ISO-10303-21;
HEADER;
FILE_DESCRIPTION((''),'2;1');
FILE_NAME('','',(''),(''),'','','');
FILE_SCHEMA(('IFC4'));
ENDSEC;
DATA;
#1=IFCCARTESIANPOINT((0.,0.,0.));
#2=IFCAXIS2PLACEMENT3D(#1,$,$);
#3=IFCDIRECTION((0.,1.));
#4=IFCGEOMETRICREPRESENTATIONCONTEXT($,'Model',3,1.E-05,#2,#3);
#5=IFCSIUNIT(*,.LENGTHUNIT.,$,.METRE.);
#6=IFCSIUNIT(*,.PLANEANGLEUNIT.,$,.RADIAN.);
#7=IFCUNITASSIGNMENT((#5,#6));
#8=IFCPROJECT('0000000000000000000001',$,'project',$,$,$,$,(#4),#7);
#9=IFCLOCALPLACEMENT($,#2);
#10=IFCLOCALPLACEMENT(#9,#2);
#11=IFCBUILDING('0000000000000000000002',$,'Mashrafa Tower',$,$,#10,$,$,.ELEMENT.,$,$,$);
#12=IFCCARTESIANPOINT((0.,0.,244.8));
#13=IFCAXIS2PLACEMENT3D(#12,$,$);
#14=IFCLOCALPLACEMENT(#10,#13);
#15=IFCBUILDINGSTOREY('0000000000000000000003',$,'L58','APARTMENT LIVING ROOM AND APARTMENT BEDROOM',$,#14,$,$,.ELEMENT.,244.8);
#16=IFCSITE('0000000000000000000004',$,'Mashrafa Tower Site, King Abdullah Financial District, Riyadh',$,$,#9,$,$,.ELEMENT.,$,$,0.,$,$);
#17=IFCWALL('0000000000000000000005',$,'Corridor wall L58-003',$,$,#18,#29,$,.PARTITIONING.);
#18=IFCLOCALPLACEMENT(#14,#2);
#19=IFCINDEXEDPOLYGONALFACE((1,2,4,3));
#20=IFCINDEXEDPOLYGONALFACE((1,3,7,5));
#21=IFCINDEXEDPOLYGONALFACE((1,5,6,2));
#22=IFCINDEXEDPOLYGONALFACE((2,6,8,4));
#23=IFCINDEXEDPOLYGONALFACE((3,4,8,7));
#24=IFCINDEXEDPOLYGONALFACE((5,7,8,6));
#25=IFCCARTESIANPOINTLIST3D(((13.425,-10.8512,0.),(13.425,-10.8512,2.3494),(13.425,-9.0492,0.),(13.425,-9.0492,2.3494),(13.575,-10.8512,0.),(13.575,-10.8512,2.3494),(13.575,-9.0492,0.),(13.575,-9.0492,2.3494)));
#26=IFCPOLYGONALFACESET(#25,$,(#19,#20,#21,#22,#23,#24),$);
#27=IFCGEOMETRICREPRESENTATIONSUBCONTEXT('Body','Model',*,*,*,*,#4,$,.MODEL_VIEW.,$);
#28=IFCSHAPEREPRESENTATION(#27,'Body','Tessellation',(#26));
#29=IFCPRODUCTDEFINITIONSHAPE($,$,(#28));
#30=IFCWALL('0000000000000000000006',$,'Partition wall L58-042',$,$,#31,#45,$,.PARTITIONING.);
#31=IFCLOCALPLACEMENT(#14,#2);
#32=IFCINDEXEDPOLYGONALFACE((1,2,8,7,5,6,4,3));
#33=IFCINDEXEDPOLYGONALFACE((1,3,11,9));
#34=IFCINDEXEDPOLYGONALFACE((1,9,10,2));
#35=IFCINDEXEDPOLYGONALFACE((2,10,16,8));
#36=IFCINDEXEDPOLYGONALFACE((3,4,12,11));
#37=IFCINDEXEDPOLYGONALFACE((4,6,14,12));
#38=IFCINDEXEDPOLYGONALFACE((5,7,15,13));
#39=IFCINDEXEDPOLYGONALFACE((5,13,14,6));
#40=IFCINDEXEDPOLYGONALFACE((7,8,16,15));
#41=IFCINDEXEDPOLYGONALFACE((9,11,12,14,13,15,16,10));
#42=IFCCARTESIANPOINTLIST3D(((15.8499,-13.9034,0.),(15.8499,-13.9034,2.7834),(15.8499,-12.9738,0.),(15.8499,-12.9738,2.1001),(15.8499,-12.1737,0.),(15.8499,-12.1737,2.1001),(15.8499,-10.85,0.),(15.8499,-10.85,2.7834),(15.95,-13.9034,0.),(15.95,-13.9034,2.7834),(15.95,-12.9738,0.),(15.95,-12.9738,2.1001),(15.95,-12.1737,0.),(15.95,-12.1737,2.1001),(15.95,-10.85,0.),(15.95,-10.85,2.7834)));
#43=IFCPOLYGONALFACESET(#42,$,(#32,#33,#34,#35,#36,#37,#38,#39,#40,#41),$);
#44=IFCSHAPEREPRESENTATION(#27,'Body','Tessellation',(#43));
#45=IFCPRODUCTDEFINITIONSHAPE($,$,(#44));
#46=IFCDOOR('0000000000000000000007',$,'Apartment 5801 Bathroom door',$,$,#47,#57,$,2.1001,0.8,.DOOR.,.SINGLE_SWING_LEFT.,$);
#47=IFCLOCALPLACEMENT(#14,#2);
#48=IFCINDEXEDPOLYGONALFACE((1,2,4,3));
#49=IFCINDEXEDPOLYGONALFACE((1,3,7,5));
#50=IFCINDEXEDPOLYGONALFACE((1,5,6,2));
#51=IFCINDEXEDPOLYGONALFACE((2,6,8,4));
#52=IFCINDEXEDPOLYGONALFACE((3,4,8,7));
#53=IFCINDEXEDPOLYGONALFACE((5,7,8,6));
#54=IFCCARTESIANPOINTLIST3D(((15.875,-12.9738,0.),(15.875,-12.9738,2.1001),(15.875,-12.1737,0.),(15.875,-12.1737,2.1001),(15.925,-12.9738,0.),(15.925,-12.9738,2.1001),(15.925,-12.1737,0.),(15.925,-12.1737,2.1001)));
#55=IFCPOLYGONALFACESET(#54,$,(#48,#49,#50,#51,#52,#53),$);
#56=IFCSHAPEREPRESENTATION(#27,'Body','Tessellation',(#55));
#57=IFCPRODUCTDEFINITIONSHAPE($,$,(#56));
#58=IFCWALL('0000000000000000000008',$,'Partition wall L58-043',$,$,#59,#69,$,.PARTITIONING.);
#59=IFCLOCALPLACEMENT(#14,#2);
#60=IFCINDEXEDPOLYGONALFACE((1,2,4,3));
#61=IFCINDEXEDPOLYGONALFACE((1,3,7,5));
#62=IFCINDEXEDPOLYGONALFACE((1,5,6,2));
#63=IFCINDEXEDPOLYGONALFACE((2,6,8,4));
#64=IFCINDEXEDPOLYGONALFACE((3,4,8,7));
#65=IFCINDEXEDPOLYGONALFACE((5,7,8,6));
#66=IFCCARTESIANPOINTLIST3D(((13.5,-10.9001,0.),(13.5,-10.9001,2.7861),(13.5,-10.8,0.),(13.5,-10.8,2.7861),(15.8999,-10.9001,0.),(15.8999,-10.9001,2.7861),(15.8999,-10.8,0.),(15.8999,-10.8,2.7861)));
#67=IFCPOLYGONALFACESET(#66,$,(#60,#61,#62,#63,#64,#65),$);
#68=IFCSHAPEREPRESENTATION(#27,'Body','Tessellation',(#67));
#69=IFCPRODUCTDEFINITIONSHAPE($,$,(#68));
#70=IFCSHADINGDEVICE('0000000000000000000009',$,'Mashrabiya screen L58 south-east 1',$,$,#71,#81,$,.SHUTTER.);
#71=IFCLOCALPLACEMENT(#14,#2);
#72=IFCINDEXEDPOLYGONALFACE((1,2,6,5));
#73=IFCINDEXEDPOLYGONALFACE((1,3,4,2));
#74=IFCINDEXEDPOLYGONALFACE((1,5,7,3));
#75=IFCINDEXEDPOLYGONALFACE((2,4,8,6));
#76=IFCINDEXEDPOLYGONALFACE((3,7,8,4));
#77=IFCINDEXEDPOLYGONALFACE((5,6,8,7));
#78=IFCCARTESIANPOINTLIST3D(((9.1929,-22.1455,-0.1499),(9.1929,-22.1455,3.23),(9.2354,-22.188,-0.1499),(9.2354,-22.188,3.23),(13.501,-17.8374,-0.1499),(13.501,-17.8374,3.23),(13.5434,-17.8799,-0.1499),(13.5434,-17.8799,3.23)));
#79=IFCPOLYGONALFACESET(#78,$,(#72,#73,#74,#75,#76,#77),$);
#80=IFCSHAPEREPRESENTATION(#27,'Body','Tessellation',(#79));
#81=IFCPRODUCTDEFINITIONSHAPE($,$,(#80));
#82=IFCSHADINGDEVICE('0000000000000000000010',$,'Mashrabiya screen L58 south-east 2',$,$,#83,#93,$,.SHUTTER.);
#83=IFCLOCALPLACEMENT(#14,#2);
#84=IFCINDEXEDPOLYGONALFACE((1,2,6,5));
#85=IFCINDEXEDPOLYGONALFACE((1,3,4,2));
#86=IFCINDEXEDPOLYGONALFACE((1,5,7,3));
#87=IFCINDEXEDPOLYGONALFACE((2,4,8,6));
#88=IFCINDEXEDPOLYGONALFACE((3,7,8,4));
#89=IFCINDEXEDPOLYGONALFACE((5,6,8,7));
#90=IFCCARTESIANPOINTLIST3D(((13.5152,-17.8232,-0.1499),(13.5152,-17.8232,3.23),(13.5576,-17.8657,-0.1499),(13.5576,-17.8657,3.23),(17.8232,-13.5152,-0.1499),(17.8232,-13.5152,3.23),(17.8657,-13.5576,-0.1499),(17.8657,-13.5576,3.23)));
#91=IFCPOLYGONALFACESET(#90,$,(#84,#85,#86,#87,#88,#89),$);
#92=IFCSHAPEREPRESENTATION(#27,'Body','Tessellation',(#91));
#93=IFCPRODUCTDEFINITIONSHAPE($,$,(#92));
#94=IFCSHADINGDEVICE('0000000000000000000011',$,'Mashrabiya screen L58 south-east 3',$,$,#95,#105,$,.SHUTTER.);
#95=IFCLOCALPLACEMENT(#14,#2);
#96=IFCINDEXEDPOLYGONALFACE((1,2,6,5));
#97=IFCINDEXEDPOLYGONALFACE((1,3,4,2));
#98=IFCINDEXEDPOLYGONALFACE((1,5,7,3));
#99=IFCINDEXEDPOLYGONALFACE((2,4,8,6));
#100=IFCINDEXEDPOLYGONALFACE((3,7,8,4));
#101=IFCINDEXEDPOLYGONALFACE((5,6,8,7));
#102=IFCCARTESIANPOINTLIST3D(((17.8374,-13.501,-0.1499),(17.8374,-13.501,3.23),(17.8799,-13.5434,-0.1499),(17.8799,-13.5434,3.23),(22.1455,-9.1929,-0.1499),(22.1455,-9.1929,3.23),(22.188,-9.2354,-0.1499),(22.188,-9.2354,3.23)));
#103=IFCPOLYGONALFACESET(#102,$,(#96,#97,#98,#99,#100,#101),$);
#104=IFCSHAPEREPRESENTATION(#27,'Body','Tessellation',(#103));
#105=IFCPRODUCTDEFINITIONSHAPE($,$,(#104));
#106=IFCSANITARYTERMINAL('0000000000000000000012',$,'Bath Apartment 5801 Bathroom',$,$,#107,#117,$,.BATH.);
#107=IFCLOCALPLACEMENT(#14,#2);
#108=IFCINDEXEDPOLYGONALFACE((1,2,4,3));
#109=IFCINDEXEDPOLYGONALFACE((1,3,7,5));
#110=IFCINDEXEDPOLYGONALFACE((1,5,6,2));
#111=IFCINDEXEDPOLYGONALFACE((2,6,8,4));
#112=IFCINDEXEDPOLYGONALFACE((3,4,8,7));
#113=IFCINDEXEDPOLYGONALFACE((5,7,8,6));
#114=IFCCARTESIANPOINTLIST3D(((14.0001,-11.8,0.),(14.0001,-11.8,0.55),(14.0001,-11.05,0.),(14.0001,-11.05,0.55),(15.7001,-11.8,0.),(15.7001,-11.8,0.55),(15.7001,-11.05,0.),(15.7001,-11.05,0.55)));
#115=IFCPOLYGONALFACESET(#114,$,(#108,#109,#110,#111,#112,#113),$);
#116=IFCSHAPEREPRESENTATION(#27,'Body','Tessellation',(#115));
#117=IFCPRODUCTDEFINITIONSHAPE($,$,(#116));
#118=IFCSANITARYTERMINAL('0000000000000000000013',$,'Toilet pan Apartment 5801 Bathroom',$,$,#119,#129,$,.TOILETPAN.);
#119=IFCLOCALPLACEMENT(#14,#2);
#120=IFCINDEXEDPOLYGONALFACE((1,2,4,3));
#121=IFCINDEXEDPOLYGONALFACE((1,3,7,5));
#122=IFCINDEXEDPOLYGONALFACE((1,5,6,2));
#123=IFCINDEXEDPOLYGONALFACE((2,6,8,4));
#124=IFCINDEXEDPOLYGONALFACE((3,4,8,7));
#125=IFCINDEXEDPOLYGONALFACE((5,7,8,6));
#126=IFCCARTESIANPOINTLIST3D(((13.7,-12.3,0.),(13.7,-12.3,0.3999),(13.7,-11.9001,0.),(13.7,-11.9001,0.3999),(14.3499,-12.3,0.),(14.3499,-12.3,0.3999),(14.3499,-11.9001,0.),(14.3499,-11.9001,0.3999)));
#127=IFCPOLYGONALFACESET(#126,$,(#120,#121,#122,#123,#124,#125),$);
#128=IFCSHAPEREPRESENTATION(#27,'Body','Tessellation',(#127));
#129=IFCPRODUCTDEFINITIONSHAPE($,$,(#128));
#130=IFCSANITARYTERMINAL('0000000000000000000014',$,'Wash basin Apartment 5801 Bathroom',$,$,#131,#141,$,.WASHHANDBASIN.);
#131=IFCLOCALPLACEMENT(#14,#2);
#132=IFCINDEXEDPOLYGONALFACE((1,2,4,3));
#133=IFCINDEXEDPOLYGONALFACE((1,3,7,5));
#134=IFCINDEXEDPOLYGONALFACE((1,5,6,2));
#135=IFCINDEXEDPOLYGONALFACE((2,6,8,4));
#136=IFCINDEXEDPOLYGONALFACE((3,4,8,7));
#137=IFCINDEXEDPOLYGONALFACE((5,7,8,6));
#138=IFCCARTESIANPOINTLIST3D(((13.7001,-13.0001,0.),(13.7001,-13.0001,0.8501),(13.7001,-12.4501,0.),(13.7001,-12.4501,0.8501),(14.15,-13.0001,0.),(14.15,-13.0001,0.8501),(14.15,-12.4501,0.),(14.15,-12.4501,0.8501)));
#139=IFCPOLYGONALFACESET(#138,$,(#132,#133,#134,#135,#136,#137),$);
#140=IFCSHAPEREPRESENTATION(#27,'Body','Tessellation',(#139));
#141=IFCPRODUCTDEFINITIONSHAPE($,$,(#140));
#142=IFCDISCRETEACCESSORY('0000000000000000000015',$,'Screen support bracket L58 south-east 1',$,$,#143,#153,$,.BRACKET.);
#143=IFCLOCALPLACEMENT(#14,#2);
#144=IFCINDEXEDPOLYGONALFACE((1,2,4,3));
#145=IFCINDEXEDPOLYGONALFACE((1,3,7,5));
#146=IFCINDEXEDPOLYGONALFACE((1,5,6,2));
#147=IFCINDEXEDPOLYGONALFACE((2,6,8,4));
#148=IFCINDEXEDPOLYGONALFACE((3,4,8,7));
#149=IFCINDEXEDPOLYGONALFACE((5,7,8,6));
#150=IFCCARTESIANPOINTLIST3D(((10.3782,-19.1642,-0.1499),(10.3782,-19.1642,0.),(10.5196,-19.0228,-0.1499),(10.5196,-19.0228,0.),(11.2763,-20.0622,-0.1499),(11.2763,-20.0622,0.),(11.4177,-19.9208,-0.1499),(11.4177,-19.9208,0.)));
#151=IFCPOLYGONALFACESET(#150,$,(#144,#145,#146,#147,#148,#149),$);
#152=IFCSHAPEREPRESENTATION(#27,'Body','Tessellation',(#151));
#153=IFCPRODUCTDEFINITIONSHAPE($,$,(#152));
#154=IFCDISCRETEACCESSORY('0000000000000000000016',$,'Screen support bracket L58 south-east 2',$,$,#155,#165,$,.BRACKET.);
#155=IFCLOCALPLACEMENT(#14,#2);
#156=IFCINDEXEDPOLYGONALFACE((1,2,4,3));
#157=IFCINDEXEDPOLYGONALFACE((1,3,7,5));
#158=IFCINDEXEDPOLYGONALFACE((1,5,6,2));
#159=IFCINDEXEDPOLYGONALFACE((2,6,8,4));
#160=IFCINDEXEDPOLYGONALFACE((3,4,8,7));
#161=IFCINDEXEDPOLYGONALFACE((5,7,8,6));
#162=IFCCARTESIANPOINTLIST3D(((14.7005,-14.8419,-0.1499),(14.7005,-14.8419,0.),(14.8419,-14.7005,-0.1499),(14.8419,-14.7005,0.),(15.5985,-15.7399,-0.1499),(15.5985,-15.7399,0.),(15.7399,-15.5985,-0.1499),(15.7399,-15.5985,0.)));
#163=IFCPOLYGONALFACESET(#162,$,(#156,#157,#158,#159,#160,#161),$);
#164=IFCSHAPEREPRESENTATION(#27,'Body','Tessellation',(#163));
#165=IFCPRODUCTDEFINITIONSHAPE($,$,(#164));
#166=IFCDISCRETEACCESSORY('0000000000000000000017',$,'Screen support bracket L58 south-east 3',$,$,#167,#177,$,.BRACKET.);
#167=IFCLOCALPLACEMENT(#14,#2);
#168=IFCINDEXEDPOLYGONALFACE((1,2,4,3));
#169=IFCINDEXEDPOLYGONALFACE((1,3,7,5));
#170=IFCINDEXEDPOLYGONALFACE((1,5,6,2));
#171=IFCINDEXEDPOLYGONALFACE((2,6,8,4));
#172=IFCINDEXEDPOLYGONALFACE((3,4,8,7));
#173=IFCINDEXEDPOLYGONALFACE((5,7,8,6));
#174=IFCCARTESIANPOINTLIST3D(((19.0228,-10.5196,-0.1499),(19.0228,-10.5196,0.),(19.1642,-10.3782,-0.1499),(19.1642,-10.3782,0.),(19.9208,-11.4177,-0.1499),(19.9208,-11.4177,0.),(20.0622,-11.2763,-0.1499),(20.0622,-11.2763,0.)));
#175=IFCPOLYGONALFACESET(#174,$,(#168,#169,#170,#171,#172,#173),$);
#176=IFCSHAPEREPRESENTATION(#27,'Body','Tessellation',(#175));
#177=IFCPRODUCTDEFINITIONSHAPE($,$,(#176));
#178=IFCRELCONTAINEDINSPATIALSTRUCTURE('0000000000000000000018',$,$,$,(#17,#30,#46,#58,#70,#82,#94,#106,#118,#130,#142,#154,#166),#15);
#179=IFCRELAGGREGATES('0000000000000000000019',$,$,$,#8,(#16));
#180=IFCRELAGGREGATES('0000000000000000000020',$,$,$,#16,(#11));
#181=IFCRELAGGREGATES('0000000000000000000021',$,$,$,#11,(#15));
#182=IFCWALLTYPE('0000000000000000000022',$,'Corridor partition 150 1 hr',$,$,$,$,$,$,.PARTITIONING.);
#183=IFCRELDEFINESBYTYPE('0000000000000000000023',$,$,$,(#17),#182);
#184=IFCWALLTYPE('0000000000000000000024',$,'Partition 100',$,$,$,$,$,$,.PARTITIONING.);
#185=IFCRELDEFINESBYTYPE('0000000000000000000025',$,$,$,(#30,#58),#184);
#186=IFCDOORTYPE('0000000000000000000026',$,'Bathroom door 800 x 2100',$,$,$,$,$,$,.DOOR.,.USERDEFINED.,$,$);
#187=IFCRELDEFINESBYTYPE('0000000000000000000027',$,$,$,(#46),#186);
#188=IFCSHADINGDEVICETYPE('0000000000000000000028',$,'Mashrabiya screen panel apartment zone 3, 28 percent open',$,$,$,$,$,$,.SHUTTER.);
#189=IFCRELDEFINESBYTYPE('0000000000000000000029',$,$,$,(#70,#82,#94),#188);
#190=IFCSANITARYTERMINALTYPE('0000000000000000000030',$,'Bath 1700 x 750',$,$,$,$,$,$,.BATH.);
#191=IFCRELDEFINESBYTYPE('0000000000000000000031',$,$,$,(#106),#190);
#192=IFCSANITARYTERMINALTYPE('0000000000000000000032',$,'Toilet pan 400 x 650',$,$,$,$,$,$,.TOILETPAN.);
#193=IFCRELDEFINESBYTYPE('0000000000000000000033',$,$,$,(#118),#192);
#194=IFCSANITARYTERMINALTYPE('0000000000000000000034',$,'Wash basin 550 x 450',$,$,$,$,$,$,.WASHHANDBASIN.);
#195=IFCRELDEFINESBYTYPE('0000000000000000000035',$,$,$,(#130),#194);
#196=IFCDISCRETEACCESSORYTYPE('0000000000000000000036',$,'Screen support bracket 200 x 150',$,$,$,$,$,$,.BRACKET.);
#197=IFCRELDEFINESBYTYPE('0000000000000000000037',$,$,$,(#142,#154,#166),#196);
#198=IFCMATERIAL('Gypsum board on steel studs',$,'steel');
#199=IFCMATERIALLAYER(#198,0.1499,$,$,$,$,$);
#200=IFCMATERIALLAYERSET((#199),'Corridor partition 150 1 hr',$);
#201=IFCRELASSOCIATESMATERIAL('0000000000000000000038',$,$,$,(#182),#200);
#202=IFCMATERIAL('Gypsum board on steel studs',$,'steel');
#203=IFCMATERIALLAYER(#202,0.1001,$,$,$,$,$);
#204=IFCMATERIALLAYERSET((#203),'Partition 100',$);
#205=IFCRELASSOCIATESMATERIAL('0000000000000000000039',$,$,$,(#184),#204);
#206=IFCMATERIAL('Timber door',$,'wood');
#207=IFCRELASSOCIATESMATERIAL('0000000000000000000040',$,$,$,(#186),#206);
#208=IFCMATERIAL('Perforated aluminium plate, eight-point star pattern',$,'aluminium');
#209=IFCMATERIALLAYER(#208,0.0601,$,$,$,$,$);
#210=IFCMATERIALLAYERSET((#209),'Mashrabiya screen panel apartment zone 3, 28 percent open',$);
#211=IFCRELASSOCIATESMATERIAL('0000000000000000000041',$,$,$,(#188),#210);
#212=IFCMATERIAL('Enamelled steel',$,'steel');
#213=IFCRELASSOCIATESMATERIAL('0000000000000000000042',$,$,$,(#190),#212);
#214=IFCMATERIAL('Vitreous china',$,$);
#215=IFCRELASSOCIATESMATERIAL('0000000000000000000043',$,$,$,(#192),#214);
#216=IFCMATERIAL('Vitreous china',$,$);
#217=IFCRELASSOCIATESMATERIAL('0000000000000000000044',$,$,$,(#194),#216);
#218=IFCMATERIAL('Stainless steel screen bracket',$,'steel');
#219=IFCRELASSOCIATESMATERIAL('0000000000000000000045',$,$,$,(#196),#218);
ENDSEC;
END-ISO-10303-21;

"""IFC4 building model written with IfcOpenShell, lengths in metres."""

from ifc_helpers import new_model, si_unit, direction, frame, frame_2d, origin, origin_2d, place, context, subcontext, project, spatial, rectangle, extrude, source, transform, mapped, material, layer, layer_set, type_object, type_shapes, element, fill, save


model = new_model("IFC4")

# Units and contexts
model_context = context("Model", 3, precision=1e-05, world=origin(), true_north=direction((0.0, 1.0)))
body_context = subcontext(model_context, "Body", "Model", "MODEL_VIEW")
ifc_project = project(units=[si_unit("LENGTHUNIT", "METRE"), si_unit("PLANEANGLEUNIT", "RADIAN")], contexts=[model_context])

# Site, building, storey
site_placement = place(None, origin())
site = spatial("IfcSite", under=ifc_project, at=site_placement, Name="Mashrafa Tower Site, King Abdullah Financial District, Riyadh", CompositionType="ELEMENT", RefElevation=0.0)
building_placement = place(site_placement, origin())
building = spatial("IfcBuilding", under=site, at=building_placement, Name="Mashrafa Tower", CompositionType="ELEMENT")
storey_placement = place(building_placement, frame((0.0, 0.0, 244.8)))
storey = spatial("IfcBuildingStorey", under=building, at=storey_placement, Name="L58", Description="APARTMENT LIVING ROOM AND APARTMENT BEDROOM", CompositionType="ELEMENT", Elevation=244.8)

# Wall
ifc_material_1 = material(Name="Gypsum board on steel studs", Category="steel")
ifc_layer_1 = layer(ifc_material_1, 0.1499)
ifc_layer_set_1 = layer_set([ifc_layer_1], Name="Corridor partition 150 1 hr")
wall_type_1 = type_object("IfcWallType", Name="Corridor partition 150 1 hr", PredefinedType="PARTITIONING", material=ifc_layer_set_1)
wall_1_placement = place(storey_placement, frame((13.5, -10.8511, 0.0), z_axis=(0.0, 0.0, 1.0), x_axis=(0.0, 1.0, 0.0)))
element("IfcWall", 1, at=wall_1_placement, inside=storey, type_object=wall_type_1, Name="Corridor wall L58-003", PredefinedType="PARTITIONING", context=body_context, shape_type="SweptSolid", body=[
    extrude(rectangle(XDim=1.802, YDim=0.1499, at=frame_2d((0.9009, 0.0))), origin(), (0.0, 0.0, 1.0), 2.3494),
])

# Wall, opening, door
ifc_material_2 = material(Name="Gypsum board on steel studs", Category="steel")
ifc_layer_2 = layer(ifc_material_2, 0.1001)
ifc_layer_set_2 = layer_set([ifc_layer_2], Name="Partition 100")
wall_type_2 = type_object("IfcWallType", Name="Partition 100", PredefinedType="PARTITIONING", material=ifc_layer_set_2)
wall_2_placement = place(storey_placement, frame((15.8999, -13.9036, 0.0), z_axis=(0.0, 0.0, 1.0), x_axis=(0.0, 1.0, 0.0)))
wall_2 = element("IfcWall", 2, at=wall_2_placement, inside=storey, type_object=wall_type_2, Name="Partition wall L58-042", PredefinedType="PARTITIONING", context=body_context, shape_type="SweptSolid", body=[
    extrude(rectangle(XDim=3.0535, YDim=0.1001, at=frame_2d((1.5269, 0.0))), origin(), (0.0, 0.0, 1.0), 2.7834),
])
opening_1_placement = place(wall_2_placement, frame((0.9299, 0.0, 0.0)))
opening_1 = element("IfcOpeningElement", 3, at=opening_1_placement, cuts=wall_2, PredefinedType="OPENING", context=body_context, shape_type="SweptSolid", body=[
    extrude(rectangle(XDim=0.8, YDim=2.1001, at=frame_2d((0.3999, 1.05))), frame((0.0, 0.0601, 0.0), z_axis=(0.0, -1.0, 0.0), x_axis=(1.0, 0.0, 0.0)), (0.0, 0.0, 1.0), 0.1201),
])
ifc_material_3 = material(Name="Timber door", Category="wood")
door_type_1 = type_object("IfcDoorType", Name="Bathroom door 800 x 2100", OperationType="USERDEFINED", PredefinedType="DOOR", material=ifc_material_3)
door_1_placement = place(opening_1_placement, origin())
door_1 = element("IfcDoor", 4, at=door_1_placement, inside=storey, type_object=door_type_1, Name="Apartment 5801 Bathroom door", OperationType="SINGLE_SWING_LEFT", OverallHeight=2.1001, OverallWidth=0.8, PredefinedType="DOOR", context=body_context, shape_type="SweptSolid", body=[
    extrude(rectangle(XDim=0.8, YDim=2.1001, at=frame_2d((0.3999, 1.05))), frame((0.0, 0.0249, 0.0), z_axis=(0.0, -1.0, 0.0), x_axis=(1.0, 0.0, 0.0)), (0.0, 0.0, 1.0), 0.05),
])
fill(opening_1, door_1)

# Wall
wall_3_placement = place(storey_placement, frame((15.8999, -10.8501, 0.0), z_axis=(0.0, 0.0, 1.0), x_axis=(-1.0, 0.0, 0.0)))
element("IfcWall", 5, at=wall_3_placement, inside=storey, type_object=wall_type_2, Name="Partition wall L58-043", PredefinedType="PARTITIONING", context=body_context, shape_type="SweptSolid", body=[
    extrude(rectangle(XDim=2.3999, YDim=0.1001, at=frame_2d((1.2, 0.0))), origin(), (0.0, 0.0, 1.0), 2.7861),
])

# Shading devices
ifc_material_4 = material(Name="Perforated aluminium plate, eight-point star pattern", Category="aluminium")
ifc_layer_3 = layer(ifc_material_4, 0.0601)
ifc_layer_set_3 = layer_set([ifc_layer_3], Name="Mashrabiya screen panel apartment zone 3, 28 percent open")
shading_device_type = type_object("IfcShadingDeviceType", Name="Mashrabiya screen panel apartment zone 3, 28 percent open", PredefinedType="SHUTTER", material=ifc_layer_set_3)
shared_shape_1 = source(origin(), body_context, "Body", "SweptSolid", [
    extrude(rectangle(XDim=6.0925, YDim=0.0601, at=origin_2d()), origin(), (0.0, 0.0, 1.0), 3.3799),
])
type_shapes(shading_device_type, [shared_shape_1])
for number, where, z_axis, x_axis, name in (
    (6, (11.3682, -20.0127, -0.1499), (0.0, 0.0, 1.0), (0.707107, 0.707107, 0.0), "Mashrabiya screen L58 south-east 1"),
    (7, (15.6904, -15.6904, -0.1499), (0.0, 0.0, 1.0), (0.707107, 0.707107, 0.0), "Mashrabiya screen L58 south-east 2"),
    (8, (20.0127, -11.3682, -0.1499), (0.0, 0.0, 1.0), (0.707107, 0.707107, 0.0), "Mashrabiya screen L58 south-east 3"),
):
    element("IfcShadingDevice", number, at=place(storey_placement, frame(where, z_axis=z_axis, x_axis=x_axis)), inside=storey, type_object=shading_device_type, Name=name, PredefinedType="SHUTTER", context=body_context, shape_type="MappedRepresentation", body=[
        mapped(shared_shape_1, transform((0.0, 0.0, 0.0))),
    ])

# Sanitary terminals
ifc_material_5 = material(Name="Enamelled steel", Category="steel")
sanitary_terminal_type_1 = type_object("IfcSanitaryTerminalType", Name="Bath 1700 x 750", PredefinedType="BATH", material=ifc_material_5)
sanitary_terminal_1_placement = place(storey_placement, frame((14.8501, -11.425, 0.0), z_axis=(0.0, 0.0, 1.0), x_axis=(-1.0, 0.0, 0.0)))
element("IfcSanitaryTerminal", 9, at=sanitary_terminal_1_placement, inside=storey, type_object=sanitary_terminal_type_1, Name="Bath Apartment 5801 Bathroom", PredefinedType="BATH", context=body_context, shape_type="SweptSolid", body=[
    extrude(rectangle(XDim=1.7, YDim=0.75, at=origin_2d()), origin(), (0.0, 0.0, 1.0), 0.55),
])
ifc_material_6 = material(Name="Vitreous china")
sanitary_terminal_type_2 = type_object("IfcSanitaryTerminalType", Name="Toilet pan 400 x 650", PredefinedType="TOILETPAN", material=ifc_material_6)
sanitary_terminal_2_placement = place(storey_placement, frame((14.0249, -12.1001, 0.0), z_axis=(0.0, 0.0, 1.0), x_axis=(0.0, -1.0, 0.0)))
element("IfcSanitaryTerminal", 10, at=sanitary_terminal_2_placement, inside=storey, type_object=sanitary_terminal_type_2, Name="Toilet pan Apartment 5801 Bathroom", PredefinedType="TOILETPAN", context=body_context, shape_type="SweptSolid", body=[
    extrude(rectangle(XDim=0.3999, YDim=0.6499, at=origin_2d()), origin(), (0.0, 0.0, 1.0), 0.3999),
])
ifc_material_7 = material(Name="Vitreous china")
sanitary_terminal_type_3 = type_object("IfcSanitaryTerminalType", Name="Wash basin 550 x 450", PredefinedType="WASHHANDBASIN", material=ifc_material_7)
sanitary_terminal_3_placement = place(storey_placement, frame((13.925, -12.7251, 0.0), z_axis=(0.0, 0.0, 1.0), x_axis=(0.0, -1.0, 0.0)))
element("IfcSanitaryTerminal", 11, at=sanitary_terminal_3_placement, inside=storey, type_object=sanitary_terminal_type_3, Name="Wash basin Apartment 5801 Bathroom", PredefinedType="WASHHANDBASIN", context=body_context, shape_type="SweptSolid", body=[
    extrude(rectangle(XDim=0.55, YDim=0.45, at=origin_2d()), origin(), (0.0, 0.0, 1.0), 0.8501),
])

# Discrete accessories
ifc_material_8 = material(Name="Stainless steel screen bracket", Category="steel")
discrete_accessory_type = type_object("IfcDiscreteAccessoryType", Name="Screen support bracket 200 x 150", PredefinedType="BRACKET", material=ifc_material_8)
shared_shape_2 = source(origin(), body_context, "Body", "SweptSolid", [
    extrude(rectangle(XDim=0.2, YDim=1.27, at=origin_2d()), origin(), (0.0, 0.0, 1.0), 0.1499),
])
type_shapes(discrete_accessory_type, [shared_shape_2])
for number, where, z_axis, x_axis, name in (
    (12, (10.8979, -19.5425, -0.1499), (0.0, 0.0, 1.0), (0.707107, 0.707107, 0.0), "Screen support bracket L58 south-east 1"),
    (13, (15.2202, -15.2202, -0.1499), (0.0, 0.0, 1.0), (0.707107, 0.707107, 0.0), "Screen support bracket L58 south-east 2"),
    (14, (19.5425, -10.8979, -0.1499), (0.0, 0.0, 1.0), (0.707107, 0.707107, 0.0), "Screen support bracket L58 south-east 3"),
):
    element("IfcDiscreteAccessory", number, at=place(storey_placement, frame(where, z_axis=z_axis, x_axis=x_axis)), inside=storey, type_object=discrete_accessory_type, Name=name, PredefinedType="BRACKET", context=body_context, shape_type="MappedRepresentation", body=[
        mapped(shared_shape_2, transform((0.0, 0.0, 0.0))),
    ])

save(model, "model.ifc")
